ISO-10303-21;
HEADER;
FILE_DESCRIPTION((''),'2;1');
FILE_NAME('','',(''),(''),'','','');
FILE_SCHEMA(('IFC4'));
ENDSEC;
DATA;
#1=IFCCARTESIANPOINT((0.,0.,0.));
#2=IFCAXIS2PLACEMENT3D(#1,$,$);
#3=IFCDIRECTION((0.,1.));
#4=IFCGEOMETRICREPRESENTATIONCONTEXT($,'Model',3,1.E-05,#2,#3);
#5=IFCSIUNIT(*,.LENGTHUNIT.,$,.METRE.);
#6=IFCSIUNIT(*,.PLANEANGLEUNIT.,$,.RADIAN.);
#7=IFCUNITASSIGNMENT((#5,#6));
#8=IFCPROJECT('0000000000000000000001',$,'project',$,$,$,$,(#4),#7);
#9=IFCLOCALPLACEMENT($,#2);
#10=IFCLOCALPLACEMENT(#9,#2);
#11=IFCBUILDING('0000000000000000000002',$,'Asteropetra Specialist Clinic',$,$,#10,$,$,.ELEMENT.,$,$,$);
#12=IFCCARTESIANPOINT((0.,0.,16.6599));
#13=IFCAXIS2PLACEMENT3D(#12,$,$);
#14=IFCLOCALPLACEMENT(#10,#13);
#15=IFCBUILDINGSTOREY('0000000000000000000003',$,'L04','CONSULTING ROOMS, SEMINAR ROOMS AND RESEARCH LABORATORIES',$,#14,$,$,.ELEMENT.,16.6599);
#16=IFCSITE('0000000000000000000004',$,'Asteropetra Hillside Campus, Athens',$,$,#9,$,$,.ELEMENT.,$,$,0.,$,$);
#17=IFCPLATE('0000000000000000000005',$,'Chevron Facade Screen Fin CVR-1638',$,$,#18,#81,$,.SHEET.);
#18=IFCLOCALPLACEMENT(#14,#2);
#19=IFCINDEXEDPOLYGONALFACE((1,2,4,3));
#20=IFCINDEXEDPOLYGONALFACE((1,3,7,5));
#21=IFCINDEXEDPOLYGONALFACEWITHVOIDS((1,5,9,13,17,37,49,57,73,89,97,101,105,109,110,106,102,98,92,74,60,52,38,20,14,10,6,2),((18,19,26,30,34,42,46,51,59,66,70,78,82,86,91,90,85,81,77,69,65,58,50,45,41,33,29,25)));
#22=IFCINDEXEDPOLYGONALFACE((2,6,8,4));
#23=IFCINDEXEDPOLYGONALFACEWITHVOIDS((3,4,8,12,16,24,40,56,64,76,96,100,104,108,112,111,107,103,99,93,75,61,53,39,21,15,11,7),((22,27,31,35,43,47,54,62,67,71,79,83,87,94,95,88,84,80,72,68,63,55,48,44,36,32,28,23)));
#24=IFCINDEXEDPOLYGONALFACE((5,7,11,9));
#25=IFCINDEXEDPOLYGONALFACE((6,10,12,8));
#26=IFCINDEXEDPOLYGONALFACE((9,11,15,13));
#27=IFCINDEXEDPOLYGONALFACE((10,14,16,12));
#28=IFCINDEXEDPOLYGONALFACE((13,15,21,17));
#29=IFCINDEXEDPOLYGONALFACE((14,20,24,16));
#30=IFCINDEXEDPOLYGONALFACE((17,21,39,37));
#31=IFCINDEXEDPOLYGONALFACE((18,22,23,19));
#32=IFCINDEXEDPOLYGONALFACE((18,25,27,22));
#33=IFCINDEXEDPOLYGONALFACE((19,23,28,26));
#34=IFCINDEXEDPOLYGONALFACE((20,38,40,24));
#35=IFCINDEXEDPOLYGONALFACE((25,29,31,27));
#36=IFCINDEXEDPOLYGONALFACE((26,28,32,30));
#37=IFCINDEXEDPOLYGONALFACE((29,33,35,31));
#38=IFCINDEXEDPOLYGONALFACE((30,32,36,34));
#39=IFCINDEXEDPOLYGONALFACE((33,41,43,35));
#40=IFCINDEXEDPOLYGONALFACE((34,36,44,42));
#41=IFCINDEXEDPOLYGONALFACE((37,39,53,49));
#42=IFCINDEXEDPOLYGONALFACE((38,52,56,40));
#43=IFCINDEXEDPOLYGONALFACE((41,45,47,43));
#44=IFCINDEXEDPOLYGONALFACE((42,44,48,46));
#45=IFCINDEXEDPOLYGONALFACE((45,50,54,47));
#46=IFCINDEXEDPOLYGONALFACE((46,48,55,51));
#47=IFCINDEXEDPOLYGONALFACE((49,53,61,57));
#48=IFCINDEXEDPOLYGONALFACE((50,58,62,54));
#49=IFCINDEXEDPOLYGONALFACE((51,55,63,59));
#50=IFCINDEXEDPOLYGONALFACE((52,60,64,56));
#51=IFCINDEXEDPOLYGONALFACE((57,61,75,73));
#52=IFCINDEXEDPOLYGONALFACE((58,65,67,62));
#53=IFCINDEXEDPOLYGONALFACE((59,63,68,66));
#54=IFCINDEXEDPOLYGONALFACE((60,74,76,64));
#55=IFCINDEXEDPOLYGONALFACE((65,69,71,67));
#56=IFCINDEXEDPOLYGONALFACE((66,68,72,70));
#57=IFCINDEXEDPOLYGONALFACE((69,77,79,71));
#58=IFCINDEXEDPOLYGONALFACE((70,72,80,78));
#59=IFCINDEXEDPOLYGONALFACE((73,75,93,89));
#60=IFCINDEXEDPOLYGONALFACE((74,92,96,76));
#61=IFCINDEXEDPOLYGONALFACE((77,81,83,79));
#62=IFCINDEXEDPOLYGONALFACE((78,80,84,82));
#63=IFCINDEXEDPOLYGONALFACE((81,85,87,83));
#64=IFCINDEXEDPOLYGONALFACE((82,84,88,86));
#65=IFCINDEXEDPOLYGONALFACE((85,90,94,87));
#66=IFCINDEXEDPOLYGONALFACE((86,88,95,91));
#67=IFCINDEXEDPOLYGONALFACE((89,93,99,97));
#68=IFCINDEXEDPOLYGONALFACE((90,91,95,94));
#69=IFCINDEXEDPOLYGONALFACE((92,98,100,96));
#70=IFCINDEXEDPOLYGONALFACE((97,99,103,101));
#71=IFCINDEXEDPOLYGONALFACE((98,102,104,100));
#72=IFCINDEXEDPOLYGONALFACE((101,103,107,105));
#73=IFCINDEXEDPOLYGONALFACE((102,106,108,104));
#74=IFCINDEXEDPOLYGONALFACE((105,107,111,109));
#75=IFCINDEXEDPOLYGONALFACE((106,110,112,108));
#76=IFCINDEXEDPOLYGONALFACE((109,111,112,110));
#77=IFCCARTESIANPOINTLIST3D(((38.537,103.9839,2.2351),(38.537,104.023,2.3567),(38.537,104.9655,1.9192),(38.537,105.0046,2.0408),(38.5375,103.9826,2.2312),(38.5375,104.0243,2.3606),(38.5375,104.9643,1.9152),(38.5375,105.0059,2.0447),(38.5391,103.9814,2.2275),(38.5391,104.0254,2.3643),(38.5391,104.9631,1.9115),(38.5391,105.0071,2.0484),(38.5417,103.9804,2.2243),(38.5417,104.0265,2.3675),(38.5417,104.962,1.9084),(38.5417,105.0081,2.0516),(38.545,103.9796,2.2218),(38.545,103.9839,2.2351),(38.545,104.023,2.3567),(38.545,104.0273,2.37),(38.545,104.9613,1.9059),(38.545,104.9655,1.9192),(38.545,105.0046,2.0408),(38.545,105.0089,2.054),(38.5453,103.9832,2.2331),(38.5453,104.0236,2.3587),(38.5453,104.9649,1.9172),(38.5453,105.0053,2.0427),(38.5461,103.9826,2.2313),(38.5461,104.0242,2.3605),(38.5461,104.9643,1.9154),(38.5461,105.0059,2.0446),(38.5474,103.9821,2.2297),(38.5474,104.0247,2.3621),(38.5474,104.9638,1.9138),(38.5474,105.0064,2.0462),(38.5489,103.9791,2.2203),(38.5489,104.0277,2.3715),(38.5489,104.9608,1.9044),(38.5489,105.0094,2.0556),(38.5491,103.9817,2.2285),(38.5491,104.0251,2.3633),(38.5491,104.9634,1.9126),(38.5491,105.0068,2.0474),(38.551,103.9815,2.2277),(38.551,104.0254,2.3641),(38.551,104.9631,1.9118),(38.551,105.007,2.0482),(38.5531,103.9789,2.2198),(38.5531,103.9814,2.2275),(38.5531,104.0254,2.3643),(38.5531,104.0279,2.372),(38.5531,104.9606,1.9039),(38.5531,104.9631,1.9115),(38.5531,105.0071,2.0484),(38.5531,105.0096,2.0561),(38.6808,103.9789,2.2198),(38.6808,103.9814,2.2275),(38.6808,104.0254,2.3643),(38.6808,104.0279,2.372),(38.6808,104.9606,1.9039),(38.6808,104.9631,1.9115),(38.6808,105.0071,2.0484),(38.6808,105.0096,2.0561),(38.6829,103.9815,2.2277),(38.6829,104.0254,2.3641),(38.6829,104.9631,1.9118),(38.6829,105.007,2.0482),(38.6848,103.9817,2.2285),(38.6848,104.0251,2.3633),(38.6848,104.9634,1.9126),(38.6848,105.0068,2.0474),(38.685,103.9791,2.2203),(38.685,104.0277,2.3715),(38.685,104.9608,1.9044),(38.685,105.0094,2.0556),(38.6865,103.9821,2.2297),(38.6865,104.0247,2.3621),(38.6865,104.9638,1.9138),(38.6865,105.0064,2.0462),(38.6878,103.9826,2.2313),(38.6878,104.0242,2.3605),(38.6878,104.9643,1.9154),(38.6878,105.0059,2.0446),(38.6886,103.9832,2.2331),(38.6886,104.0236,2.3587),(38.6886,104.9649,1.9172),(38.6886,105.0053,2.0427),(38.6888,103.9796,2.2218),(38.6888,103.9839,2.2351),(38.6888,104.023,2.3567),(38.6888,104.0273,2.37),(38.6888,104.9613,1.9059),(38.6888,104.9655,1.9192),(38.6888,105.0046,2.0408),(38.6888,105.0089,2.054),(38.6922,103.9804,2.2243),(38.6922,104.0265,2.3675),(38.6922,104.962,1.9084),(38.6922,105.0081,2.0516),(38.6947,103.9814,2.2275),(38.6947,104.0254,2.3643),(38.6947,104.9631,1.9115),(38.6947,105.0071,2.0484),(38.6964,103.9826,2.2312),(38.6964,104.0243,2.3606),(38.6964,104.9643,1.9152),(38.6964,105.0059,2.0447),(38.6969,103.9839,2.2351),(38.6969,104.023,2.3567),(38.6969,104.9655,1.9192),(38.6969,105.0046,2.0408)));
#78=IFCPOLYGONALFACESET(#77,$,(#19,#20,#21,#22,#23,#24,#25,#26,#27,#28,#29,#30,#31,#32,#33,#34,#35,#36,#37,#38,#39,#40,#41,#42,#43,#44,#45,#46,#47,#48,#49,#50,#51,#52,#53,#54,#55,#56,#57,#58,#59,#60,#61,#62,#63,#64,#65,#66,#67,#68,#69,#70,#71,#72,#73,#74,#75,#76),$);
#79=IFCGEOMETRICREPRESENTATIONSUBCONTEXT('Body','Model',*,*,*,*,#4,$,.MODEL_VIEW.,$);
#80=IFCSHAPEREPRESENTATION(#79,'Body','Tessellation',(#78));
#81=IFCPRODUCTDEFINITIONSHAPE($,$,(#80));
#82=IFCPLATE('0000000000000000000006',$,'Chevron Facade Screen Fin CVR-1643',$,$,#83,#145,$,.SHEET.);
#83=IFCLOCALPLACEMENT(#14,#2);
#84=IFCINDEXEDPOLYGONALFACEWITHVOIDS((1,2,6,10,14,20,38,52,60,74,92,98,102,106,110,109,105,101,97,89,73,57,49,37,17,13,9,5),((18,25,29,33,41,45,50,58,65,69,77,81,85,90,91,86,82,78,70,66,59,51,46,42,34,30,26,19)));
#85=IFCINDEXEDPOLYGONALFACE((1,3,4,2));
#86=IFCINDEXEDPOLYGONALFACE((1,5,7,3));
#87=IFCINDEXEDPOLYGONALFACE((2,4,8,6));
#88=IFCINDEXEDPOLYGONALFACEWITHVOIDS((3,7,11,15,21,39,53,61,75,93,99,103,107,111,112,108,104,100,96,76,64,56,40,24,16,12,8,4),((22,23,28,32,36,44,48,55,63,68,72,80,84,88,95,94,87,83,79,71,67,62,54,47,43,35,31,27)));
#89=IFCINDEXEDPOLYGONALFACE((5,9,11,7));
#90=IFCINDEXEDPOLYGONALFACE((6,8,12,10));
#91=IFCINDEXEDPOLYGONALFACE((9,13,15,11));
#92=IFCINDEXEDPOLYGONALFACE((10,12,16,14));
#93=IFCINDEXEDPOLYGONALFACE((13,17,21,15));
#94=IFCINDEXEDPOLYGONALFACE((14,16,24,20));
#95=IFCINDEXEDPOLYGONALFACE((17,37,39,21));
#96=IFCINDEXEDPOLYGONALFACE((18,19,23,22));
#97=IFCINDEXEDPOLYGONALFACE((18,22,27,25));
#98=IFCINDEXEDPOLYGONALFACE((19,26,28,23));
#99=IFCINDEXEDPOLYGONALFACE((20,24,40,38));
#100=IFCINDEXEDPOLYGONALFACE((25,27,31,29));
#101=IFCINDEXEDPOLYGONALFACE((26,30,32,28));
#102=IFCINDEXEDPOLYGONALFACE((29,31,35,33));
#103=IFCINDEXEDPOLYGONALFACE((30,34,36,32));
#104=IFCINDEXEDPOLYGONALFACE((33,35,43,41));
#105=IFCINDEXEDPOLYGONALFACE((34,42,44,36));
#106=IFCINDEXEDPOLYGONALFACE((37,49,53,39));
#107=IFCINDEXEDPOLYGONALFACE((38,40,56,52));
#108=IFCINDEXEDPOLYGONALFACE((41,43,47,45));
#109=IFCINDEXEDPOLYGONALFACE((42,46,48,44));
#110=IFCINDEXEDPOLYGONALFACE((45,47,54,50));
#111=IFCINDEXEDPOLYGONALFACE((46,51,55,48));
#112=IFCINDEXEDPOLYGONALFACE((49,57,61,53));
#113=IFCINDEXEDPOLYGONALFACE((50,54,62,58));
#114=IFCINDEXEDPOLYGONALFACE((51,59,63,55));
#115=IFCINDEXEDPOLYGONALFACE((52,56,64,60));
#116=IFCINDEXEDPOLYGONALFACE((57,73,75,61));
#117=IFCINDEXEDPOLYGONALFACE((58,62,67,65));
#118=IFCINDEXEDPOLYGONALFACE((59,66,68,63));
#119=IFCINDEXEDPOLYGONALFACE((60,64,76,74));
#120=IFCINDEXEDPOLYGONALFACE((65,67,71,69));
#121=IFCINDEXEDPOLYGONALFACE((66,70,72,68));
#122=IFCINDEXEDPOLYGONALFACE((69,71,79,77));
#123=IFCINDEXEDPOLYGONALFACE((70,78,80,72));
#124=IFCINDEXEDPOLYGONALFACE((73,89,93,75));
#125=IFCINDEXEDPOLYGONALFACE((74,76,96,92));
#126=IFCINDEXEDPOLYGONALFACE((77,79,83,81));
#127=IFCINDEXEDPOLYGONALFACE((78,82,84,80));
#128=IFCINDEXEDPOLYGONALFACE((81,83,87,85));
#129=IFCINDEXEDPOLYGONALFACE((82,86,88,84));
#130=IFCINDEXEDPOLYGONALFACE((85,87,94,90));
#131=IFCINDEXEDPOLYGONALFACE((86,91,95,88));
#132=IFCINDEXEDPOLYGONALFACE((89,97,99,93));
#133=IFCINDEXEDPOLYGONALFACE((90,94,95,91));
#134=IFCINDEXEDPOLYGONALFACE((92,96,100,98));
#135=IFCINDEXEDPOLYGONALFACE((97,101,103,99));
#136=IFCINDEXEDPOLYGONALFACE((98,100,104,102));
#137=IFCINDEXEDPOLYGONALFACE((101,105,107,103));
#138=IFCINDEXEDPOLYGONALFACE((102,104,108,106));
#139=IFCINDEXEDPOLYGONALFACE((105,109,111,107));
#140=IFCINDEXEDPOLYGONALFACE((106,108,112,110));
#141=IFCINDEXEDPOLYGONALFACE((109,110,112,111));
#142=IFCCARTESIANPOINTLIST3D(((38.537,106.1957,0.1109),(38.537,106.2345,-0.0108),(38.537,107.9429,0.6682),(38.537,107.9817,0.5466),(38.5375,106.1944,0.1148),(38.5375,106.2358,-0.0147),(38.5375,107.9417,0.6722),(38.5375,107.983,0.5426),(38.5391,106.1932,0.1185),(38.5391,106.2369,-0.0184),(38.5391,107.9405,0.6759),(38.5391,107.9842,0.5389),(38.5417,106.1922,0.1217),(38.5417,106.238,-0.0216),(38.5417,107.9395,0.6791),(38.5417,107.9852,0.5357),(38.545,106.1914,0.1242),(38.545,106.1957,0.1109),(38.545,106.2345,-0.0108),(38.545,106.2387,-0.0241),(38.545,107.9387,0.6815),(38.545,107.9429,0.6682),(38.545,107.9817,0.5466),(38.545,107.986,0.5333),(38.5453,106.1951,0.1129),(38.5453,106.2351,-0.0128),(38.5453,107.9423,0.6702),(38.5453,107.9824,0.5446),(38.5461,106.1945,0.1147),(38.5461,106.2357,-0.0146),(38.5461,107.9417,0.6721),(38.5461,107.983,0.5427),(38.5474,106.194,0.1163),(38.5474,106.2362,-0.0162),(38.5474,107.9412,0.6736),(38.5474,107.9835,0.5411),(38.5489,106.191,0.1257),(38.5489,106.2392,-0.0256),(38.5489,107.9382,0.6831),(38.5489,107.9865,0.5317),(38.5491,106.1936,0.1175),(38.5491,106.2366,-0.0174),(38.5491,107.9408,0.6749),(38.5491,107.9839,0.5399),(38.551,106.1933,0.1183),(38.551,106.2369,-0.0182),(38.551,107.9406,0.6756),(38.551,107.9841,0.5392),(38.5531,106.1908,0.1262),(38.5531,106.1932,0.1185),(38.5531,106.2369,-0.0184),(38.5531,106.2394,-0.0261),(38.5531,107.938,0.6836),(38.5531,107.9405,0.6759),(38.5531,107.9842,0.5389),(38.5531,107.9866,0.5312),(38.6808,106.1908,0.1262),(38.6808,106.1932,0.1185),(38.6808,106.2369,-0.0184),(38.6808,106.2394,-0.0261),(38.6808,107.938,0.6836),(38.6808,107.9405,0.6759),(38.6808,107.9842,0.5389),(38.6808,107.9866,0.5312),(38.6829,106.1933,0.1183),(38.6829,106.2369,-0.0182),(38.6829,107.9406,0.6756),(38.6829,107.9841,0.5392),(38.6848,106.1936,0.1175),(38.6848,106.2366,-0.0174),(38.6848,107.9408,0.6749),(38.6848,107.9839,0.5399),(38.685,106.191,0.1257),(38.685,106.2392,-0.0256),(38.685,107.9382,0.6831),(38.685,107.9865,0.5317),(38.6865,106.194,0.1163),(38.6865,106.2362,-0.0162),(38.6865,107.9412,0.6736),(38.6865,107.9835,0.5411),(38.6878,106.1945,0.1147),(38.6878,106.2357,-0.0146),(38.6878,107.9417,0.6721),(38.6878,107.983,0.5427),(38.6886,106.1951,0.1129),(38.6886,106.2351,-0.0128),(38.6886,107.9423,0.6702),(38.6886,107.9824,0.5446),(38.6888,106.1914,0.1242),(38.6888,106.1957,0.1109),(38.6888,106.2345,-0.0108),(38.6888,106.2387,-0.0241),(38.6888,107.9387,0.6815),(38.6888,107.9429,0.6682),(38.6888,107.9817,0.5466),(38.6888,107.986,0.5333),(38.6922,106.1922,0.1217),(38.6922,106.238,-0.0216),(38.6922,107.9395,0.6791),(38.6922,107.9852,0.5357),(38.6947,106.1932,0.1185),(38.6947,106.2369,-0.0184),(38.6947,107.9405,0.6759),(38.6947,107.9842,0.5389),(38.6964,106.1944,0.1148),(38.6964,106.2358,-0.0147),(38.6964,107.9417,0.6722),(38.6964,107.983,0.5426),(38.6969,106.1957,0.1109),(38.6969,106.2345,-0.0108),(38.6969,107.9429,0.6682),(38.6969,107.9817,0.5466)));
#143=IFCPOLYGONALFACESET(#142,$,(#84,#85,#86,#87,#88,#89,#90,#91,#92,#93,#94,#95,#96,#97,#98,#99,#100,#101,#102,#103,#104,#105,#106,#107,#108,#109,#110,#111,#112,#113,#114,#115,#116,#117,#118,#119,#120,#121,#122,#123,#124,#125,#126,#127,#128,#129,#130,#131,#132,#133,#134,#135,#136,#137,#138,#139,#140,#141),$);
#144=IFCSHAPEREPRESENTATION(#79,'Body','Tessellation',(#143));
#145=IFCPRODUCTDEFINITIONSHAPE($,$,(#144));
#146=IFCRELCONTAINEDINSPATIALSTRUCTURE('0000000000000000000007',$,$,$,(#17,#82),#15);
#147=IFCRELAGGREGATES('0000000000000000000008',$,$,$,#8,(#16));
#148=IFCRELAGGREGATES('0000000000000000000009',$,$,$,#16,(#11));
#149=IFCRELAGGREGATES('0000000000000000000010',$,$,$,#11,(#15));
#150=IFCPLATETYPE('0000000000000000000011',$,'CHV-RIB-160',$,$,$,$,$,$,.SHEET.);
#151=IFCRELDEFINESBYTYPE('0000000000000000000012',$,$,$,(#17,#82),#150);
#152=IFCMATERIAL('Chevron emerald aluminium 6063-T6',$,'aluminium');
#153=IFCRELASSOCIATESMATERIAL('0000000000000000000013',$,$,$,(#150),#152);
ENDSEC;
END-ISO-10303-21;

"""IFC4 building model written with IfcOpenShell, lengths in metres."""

from ifc_helpers import new_model, si_unit, direction, frame, origin, origin_2d, place, context, subcontext, project, spatial, hollow_rectangle, extrude, material, material_profile, profile_set, type_object, element, save


model = new_model("IFC4")

# Units and contexts
model_context = context("Model", 3, precision=1e-05, world=origin(), true_north=direction((0.0, 1.0)))
body_context = subcontext(model_context, "Body", "Model", "MODEL_VIEW")
ifc_project = project(units=[si_unit("LENGTHUNIT", "METRE"), si_unit("PLANEANGLEUNIT", "RADIAN")], contexts=[model_context])

# Site, building, storey
site_placement = place(None, origin())
site = spatial("IfcSite", under=ifc_project, at=site_placement, Name="Asteropetra Hillside Campus, Athens", CompositionType="ELEMENT", RefElevation=0.0)
building_placement = place(site_placement, origin())
building = spatial("IfcBuilding", under=site, at=building_placement, Name="Asteropetra Specialist Clinic", CompositionType="ELEMENT")
storey_placement = place(building_placement, frame((0.0, 0.0, 16.6599)))
storey = spatial("IfcBuildingStorey", under=building, at=storey_placement, Name="L04", Description="CONSULTING ROOMS, SEMINAR ROOMS AND RESEARCH LABORATORIES", CompositionType="ELEMENT", Elevation=16.6599)

# Plates
ifc_material_1 = material(Name="Chevron emerald aluminium 6063-T6", Category="aluminium")
ifc_material_profile_1 = material_profile(ifc_material_1, hollow_rectangle(XDim=0.1599, YDim=0.1599, WallThickness=0.0081, InnerFilletRadius=0.0081, OuterFilletRadius=0.0161, at=origin_2d()), Name="SHS 160x160x8.0")
ifc_profile_set_1 = profile_set([ifc_material_profile_1], Name="Chevron emerald aluminium 6063-T6")
plate_type = type_object("IfcPlateType", Name="CHV-RIB-160", PredefinedType="SHEET", material=ifc_profile_set_1)
for number, where, z_axis, x_axis, name in (
    (1, (38.6169, 104.0034, 2.2959), (0.0, 0.951923, -0.306339), (-1.0, 0.0, 0.0), "Chevron Facade Screen Fin CVR-1638"),
):
    element("IfcPlate", number, at=place(storey_placement, frame(where, z_axis=z_axis, x_axis=x_axis)), inside=storey, type_object=plate_type, Name=name, PredefinedType="SHEET", context=body_context, shape_type="SweptSolid", body=[
        extrude(hollow_rectangle(XDim=0.1599, YDim=0.1599, WallThickness=0.0081, InnerFilletRadius=0.0081, OuterFilletRadius=0.0161, at=origin_2d()), origin(), (0.0, 0.0, 1.0), 1.0312),
    ])
plate_1_placement = place(storey_placement, frame((38.6169, 106.2151, 0.05), z_axis=(0.0, 0.952703, 0.303901), x_axis=(-1.0, 0.0, 0.0)))
element("IfcPlate", 2, at=plate_1_placement, inside=storey, type_object=plate_type, Name="Chevron Facade Screen Fin CVR-1643", PredefinedType="SHEET", context=body_context, shape_type="SweptSolid", body=[
    extrude(hollow_rectangle(XDim=0.1599, YDim=0.1599, WallThickness=0.0081, InnerFilletRadius=0.0081, OuterFilletRadius=0.0161, at=origin_2d()), origin(), (0.0, 0.0, 1.0), 1.834),
])

save(model, "model.ifc")
